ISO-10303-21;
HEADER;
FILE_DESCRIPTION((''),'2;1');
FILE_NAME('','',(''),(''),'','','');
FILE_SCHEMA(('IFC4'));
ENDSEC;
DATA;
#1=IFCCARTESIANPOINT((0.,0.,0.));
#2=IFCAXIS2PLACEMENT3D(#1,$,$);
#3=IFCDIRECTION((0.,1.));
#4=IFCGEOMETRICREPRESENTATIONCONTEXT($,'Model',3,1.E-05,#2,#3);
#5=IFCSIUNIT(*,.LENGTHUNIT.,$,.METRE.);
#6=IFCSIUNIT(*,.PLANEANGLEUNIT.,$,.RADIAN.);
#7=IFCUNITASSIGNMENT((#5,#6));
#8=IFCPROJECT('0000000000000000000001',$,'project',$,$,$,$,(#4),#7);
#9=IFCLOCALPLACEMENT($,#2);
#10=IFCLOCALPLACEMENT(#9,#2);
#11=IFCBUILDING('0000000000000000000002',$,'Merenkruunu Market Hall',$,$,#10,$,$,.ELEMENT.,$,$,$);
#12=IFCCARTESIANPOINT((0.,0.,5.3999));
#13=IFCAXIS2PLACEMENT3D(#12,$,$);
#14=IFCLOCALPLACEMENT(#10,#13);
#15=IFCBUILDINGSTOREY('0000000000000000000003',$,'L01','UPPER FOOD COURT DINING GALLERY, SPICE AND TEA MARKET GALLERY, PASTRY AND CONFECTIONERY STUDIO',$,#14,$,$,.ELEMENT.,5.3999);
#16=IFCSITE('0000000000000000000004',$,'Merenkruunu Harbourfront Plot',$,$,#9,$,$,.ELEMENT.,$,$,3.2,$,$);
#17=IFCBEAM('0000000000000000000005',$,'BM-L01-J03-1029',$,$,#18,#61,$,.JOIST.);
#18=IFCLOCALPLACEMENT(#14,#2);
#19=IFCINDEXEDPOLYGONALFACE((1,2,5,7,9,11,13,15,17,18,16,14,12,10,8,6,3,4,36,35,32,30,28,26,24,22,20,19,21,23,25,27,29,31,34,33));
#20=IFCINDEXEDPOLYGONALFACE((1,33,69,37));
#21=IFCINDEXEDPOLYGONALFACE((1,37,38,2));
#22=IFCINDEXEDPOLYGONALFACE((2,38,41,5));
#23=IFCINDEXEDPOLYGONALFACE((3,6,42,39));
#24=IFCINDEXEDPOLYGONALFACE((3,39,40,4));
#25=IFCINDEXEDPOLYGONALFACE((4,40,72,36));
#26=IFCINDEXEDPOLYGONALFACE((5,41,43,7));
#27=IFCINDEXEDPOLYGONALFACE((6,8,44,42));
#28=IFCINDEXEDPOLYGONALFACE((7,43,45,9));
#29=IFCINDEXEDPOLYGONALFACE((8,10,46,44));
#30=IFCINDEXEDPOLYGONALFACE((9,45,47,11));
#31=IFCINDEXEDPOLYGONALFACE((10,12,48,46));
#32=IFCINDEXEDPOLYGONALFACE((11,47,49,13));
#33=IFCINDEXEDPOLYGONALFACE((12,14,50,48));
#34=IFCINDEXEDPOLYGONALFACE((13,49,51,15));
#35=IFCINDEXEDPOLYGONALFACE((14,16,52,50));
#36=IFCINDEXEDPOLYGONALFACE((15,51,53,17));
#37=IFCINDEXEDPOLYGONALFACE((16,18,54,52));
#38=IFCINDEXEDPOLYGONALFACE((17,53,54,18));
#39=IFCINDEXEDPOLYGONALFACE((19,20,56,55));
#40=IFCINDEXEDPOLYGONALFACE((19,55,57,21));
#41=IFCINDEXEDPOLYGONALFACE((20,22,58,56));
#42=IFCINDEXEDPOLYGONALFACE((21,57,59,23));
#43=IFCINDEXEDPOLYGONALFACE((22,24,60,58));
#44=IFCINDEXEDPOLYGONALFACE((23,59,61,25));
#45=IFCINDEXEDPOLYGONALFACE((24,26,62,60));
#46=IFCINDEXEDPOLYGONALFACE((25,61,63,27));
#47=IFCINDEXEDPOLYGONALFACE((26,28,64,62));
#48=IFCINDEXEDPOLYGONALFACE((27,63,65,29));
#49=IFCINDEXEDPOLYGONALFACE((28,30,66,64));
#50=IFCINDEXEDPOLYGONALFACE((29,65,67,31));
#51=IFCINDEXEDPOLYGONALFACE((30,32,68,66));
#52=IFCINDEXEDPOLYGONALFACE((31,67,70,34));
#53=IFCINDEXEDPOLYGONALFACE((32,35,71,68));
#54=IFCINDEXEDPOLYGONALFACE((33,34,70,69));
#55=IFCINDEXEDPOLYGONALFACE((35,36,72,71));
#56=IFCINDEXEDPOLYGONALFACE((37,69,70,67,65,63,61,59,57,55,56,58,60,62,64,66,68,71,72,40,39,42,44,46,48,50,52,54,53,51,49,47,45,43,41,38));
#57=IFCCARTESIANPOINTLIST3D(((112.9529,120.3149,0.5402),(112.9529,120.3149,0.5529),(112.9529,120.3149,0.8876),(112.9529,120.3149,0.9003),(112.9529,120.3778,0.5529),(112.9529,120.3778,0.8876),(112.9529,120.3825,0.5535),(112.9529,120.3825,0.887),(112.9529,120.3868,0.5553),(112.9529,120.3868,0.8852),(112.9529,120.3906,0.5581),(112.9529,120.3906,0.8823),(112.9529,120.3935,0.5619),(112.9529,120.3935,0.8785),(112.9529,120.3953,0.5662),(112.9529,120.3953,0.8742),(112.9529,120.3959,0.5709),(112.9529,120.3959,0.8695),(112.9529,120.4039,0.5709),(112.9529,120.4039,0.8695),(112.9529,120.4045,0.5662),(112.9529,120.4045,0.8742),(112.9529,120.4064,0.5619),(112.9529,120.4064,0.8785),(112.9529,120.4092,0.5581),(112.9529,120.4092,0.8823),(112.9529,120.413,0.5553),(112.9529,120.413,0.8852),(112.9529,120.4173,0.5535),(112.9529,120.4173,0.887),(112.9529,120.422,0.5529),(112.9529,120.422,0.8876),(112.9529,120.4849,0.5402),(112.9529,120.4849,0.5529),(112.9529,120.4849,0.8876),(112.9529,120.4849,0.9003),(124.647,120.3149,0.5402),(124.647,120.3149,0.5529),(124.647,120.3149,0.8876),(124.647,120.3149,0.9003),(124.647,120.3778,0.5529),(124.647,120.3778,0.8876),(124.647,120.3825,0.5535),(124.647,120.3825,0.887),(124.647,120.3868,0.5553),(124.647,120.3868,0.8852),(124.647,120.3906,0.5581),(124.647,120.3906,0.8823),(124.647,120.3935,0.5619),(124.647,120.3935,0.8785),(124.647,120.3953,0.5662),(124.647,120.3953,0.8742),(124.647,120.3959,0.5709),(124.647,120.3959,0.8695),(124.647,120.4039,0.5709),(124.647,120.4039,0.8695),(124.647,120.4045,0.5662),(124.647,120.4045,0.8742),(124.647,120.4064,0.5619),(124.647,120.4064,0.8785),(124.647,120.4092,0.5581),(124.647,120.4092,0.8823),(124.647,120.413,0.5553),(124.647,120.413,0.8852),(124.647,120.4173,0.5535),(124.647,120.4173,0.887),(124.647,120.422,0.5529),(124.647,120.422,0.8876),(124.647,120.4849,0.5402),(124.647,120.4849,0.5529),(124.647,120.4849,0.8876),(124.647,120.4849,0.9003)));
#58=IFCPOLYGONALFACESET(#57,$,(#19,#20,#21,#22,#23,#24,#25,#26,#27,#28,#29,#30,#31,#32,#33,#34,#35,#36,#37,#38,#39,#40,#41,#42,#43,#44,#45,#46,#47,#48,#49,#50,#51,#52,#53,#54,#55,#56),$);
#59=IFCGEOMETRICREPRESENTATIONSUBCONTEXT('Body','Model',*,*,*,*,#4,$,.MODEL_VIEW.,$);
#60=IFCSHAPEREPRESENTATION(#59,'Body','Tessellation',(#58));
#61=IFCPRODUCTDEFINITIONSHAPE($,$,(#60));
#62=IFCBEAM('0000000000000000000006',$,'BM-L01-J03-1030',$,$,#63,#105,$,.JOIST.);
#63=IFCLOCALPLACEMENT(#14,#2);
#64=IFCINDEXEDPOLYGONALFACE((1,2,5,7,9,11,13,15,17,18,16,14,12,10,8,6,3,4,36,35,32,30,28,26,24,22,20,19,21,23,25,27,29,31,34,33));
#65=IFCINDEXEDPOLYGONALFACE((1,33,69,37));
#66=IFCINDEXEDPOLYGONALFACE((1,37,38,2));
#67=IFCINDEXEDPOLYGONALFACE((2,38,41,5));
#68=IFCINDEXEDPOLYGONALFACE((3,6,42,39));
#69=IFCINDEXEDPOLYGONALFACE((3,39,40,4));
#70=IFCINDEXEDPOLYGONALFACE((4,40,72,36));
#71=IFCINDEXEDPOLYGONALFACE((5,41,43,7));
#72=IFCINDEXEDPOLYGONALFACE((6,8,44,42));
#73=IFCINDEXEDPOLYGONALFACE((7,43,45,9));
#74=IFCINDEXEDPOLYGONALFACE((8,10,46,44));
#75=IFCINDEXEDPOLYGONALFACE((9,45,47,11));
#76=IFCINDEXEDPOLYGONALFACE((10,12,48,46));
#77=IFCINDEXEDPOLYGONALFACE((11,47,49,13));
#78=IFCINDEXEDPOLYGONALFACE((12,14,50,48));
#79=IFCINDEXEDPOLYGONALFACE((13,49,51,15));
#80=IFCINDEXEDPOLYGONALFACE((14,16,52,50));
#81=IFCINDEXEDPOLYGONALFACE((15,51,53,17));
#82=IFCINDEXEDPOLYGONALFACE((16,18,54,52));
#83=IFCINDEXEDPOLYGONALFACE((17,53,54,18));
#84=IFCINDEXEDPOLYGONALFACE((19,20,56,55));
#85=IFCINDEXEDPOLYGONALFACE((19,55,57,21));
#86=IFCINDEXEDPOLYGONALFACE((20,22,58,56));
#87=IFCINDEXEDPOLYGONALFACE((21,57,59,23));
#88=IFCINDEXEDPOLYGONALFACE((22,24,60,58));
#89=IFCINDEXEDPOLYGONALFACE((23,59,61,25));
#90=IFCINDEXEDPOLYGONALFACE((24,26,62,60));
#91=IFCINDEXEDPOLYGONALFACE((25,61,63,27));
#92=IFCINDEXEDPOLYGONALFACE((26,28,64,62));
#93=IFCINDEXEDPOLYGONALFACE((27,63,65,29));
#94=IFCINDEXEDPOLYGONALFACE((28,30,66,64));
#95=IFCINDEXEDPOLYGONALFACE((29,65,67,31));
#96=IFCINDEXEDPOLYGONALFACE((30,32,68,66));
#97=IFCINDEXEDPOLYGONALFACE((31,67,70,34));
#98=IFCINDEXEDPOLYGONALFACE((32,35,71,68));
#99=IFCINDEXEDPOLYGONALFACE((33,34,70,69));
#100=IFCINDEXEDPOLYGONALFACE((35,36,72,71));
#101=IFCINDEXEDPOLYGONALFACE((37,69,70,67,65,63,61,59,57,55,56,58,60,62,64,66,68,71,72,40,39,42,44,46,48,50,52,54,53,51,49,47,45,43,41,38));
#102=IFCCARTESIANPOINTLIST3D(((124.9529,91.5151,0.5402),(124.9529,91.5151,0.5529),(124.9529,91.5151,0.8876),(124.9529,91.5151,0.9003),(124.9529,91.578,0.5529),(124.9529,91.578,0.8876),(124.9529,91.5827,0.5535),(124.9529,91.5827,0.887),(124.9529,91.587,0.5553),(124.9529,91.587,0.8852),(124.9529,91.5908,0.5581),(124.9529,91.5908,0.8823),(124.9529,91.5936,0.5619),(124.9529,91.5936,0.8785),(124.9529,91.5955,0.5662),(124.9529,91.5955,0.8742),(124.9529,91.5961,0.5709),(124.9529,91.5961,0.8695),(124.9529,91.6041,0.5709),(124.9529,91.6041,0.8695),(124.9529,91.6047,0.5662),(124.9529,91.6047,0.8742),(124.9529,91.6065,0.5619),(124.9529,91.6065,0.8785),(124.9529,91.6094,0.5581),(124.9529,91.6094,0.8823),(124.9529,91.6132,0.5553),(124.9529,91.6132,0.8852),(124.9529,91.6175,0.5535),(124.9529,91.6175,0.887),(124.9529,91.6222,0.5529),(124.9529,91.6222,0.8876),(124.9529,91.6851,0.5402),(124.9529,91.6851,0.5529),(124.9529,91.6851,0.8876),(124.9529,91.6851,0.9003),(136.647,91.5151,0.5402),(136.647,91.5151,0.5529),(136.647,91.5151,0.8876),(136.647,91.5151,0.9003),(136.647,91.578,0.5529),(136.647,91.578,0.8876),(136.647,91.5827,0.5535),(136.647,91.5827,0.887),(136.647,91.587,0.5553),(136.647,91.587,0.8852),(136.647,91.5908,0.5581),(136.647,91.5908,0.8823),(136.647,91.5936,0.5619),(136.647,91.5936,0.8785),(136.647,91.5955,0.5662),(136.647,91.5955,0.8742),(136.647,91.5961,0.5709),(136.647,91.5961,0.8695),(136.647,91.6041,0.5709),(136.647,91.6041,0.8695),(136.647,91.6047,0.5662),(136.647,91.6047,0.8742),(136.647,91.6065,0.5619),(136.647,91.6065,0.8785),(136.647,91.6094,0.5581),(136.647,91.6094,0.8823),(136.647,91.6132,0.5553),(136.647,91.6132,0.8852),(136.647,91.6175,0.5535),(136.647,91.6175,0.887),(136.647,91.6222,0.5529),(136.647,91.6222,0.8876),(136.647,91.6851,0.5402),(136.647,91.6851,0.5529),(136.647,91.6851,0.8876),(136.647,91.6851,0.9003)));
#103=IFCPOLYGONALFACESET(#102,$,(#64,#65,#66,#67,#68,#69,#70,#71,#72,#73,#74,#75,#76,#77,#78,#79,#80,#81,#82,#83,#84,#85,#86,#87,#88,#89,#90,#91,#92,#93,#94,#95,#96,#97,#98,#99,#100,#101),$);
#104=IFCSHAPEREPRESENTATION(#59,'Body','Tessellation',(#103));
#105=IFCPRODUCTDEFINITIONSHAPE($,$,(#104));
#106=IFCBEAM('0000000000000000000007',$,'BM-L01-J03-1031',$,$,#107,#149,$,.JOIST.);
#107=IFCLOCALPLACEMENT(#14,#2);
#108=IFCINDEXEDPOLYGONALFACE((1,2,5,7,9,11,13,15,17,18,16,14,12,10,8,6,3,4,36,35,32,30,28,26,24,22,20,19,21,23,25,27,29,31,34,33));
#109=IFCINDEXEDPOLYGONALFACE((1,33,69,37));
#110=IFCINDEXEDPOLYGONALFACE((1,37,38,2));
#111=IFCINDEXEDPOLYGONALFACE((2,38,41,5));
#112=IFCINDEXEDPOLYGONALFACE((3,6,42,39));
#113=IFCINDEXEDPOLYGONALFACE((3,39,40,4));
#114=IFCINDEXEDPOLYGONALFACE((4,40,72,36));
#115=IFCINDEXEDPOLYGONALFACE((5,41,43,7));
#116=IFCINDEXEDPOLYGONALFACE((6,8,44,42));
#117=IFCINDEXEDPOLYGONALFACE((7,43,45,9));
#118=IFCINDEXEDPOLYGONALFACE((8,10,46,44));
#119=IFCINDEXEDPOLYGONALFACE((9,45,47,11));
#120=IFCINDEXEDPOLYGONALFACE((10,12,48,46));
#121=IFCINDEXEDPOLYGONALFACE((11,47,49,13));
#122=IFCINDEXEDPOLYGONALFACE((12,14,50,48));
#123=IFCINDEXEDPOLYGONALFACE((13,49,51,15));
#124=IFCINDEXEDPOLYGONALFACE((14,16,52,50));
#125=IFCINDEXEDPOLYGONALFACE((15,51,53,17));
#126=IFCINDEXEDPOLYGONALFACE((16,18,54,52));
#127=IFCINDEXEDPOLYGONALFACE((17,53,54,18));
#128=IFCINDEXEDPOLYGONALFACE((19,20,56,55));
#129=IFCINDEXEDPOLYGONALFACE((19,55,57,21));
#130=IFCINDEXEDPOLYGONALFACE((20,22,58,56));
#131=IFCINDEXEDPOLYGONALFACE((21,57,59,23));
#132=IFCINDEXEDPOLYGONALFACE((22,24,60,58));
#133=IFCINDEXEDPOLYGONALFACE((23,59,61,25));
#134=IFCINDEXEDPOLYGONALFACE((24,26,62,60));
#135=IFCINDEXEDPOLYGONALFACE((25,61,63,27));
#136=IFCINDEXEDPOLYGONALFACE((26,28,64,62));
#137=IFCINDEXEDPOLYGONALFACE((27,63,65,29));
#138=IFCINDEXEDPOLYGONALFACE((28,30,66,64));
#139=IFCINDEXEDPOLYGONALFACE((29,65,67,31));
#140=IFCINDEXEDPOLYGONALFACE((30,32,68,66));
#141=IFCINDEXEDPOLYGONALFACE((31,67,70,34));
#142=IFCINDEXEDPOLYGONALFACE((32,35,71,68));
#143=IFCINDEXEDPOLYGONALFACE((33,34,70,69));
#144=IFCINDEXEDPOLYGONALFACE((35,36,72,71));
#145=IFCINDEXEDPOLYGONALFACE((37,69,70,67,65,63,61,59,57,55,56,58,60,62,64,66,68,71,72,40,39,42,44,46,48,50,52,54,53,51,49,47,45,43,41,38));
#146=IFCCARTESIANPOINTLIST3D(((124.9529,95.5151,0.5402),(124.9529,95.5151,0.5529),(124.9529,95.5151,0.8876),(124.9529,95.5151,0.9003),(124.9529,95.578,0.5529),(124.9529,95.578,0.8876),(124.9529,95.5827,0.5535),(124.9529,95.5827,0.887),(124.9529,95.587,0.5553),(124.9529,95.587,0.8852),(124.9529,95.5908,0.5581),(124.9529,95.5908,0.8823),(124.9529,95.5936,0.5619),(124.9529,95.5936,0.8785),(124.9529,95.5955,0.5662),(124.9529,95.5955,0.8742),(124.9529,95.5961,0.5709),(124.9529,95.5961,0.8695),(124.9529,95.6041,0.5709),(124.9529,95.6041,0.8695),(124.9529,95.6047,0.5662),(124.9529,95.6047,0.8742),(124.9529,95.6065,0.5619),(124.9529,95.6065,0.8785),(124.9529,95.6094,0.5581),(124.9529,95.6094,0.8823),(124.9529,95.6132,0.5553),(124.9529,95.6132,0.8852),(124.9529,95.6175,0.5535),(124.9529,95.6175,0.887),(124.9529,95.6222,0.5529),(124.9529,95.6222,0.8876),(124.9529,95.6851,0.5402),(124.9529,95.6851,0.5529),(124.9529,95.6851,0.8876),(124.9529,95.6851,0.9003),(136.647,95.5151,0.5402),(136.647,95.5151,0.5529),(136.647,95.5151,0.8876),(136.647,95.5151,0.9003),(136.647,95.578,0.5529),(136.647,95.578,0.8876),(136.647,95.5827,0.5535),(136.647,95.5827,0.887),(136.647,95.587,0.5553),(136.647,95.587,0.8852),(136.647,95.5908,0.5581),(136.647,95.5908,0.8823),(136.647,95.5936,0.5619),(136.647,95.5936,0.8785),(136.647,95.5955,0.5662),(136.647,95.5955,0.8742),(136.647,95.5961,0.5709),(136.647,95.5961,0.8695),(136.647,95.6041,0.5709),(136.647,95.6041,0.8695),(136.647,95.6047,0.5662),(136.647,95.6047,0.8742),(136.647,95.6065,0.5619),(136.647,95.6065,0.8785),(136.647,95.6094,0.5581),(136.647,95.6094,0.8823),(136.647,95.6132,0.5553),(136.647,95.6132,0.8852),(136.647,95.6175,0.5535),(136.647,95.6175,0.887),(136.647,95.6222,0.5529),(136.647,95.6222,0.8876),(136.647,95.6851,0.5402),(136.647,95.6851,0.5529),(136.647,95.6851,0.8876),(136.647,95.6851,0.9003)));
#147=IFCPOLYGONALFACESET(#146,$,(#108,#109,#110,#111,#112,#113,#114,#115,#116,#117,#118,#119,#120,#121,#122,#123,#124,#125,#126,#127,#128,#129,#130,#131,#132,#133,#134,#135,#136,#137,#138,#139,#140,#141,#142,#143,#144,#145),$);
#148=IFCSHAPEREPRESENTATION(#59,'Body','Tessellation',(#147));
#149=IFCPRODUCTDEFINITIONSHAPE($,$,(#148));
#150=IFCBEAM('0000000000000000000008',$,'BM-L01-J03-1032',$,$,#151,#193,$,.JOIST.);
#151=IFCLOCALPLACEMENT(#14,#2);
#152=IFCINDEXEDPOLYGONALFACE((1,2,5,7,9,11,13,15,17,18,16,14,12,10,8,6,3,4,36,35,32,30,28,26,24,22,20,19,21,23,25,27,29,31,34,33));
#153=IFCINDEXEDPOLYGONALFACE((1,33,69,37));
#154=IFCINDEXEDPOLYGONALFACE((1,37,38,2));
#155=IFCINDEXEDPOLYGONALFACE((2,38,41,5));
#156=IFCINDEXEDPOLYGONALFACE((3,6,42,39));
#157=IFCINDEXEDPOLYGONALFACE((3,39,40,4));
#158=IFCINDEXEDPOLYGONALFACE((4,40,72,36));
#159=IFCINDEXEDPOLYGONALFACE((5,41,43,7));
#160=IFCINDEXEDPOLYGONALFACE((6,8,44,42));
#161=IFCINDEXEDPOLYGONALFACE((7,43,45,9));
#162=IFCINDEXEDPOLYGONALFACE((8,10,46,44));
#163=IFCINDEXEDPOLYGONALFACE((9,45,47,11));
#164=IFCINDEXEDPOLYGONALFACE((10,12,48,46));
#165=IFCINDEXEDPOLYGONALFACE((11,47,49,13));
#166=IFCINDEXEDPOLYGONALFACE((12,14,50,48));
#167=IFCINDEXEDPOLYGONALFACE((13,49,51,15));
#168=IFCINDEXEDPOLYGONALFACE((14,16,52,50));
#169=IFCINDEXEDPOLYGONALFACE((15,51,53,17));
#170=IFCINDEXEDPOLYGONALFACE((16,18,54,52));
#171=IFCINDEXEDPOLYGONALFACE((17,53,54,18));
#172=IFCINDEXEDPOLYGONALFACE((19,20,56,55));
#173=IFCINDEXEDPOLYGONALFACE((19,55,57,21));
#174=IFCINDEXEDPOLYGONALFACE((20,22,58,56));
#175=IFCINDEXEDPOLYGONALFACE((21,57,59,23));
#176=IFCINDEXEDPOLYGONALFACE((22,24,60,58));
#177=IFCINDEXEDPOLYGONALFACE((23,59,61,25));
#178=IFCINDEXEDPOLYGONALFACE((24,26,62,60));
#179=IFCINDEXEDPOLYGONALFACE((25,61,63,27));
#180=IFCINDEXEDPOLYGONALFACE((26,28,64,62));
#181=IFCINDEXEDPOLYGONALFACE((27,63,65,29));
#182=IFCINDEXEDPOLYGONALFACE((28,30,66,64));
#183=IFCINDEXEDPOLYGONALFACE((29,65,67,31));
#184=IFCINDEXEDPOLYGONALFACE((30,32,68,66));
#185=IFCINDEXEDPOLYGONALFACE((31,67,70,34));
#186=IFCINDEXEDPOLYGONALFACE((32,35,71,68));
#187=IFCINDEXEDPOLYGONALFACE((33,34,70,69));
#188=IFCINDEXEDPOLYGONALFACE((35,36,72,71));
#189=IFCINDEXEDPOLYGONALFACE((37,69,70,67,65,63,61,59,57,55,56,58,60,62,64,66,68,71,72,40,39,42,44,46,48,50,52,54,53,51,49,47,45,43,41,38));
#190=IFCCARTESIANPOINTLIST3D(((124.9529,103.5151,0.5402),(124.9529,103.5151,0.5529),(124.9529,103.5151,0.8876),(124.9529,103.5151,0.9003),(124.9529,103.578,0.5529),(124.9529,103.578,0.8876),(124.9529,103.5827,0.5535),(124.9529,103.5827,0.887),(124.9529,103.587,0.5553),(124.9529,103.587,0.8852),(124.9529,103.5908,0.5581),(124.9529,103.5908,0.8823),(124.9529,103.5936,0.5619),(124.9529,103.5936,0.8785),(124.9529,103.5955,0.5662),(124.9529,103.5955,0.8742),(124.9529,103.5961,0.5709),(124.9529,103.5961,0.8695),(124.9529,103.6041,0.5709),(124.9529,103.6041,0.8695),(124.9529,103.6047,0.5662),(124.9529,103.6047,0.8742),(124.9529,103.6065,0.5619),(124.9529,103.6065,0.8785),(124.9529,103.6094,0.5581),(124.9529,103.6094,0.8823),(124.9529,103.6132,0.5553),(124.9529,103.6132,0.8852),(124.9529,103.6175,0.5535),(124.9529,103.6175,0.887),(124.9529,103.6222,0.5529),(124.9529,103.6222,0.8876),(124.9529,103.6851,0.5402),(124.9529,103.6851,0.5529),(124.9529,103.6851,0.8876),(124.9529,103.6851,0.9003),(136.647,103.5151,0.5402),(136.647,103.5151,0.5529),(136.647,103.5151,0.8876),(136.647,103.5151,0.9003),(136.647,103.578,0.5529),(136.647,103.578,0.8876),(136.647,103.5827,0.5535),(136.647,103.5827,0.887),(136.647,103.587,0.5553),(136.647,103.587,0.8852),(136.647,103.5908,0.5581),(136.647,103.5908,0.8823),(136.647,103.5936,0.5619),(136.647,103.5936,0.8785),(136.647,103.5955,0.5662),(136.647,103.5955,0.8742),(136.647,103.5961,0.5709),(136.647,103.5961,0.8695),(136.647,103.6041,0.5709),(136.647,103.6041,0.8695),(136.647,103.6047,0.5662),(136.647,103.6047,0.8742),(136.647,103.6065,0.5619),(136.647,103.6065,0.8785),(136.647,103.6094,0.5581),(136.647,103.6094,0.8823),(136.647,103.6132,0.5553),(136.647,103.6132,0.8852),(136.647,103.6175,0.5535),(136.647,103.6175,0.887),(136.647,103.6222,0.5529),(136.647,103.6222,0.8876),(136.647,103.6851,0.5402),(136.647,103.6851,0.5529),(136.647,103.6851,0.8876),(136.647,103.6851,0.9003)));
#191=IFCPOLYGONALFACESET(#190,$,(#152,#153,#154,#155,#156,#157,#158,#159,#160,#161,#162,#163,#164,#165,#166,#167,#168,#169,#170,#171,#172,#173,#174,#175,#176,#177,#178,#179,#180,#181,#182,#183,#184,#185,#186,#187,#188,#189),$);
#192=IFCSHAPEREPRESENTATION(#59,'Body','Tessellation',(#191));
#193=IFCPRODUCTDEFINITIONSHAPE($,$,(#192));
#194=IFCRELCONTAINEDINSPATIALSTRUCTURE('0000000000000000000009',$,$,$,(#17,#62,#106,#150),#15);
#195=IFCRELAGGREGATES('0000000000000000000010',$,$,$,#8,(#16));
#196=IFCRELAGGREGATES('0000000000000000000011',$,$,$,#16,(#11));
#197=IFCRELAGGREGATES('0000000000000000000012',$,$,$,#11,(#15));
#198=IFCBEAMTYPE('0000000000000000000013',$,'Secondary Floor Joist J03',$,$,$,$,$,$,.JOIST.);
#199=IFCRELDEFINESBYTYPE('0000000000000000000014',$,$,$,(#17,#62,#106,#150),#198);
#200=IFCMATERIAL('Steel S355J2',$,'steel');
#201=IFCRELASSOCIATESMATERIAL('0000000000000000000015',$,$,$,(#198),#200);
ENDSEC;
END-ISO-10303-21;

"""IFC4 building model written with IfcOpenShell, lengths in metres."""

from ifc_helpers import new_model, si_unit, direction, frame, origin, origin_2d, place, context, subcontext, project, spatial, i_section, extrude, material, material_profile, profile_set, type_object, element, save


model = new_model("IFC4")

# Units and contexts
model_context = context("Model", 3, precision=1e-05, world=origin(), true_north=direction((0.0, 1.0)))
body_context = subcontext(model_context, "Body", "Model", "MODEL_VIEW")
ifc_project = project(units=[si_unit("LENGTHUNIT", "METRE"), si_unit("PLANEANGLEUNIT", "RADIAN")], contexts=[model_context])

# Site, building, storey
site_placement = place(None, origin())
site = spatial("IfcSite", under=ifc_project, at=site_placement, Name="Merenkruunu Harbourfront Plot", CompositionType="ELEMENT", RefElevation=3.2)
building_placement = place(site_placement, origin())
building = spatial("IfcBuilding", under=site, at=building_placement, Name="Merenkruunu Market Hall", CompositionType="ELEMENT")
storey_placement = place(building_placement, frame((0.0, 0.0, 5.3999)))
storey = spatial("IfcBuildingStorey", under=building, at=storey_placement, Name="L01", Description="UPPER FOOD COURT DINING GALLERY, SPICE AND TEA MARKET GALLERY, PASTRY AND CONFECTIONERY STUDIO", CompositionType="ELEMENT", Elevation=5.3999)

# Beams
ifc_material_1 = material(Name="Steel S355J2", Category="steel")
ifc_material_profile_1 = material_profile(ifc_material_1, i_section(OverallWidth=0.1699, OverallDepth=0.3601, WebThickness=0.0081, FlangeThickness=0.0127, FilletRadius=0.0181, at=origin_2d()), Name="IPE 360")
ifc_profile_set_1 = profile_set([ifc_material_profile_1], Name="Steel S355J2")
beam_type_1 = type_object("IfcBeamType", Name="Secondary Floor Joist J03", PredefinedType="JOIST", material=ifc_profile_set_1)
for number, where, z_axis, x_axis, name in (
    (1, (112.9529, 120.3999, 0.7202), (1.0, 0.0, 0.0), (0.0, 1.0, 0.0), "BM-L01-J03-1029"),
    (2, (124.9529, 91.6001, 0.7202), (1.0, 0.0, 0.0), (0.0, 1.0, 0.0), "BM-L01-J03-1030"),
    (3, (124.9529, 95.6001, 0.7202), (1.0, 0.0, 0.0), (0.0, 1.0, 0.0), "BM-L01-J03-1031"),
    (4, (124.9529, 103.6001, 0.7202), (1.0, 0.0, 0.0), (0.0, 1.0, 0.0), "BM-L01-J03-1032"),
):
    element("IfcBeam", number, at=place(storey_placement, frame(where, z_axis=z_axis, x_axis=x_axis)), inside=storey, type_object=beam_type_1, Name=name, PredefinedType="JOIST", context=body_context, shape_type="SweptSolid", body=[
        extrude(i_section(OverallWidth=0.1699, OverallDepth=0.3601, WebThickness=0.0081, FlangeThickness=0.0127, FilletRadius=0.0181, at=origin_2d()), origin(), (0.0, 0.0, 1.0), 11.6941),
    ])

save(model, "model.ifc")
